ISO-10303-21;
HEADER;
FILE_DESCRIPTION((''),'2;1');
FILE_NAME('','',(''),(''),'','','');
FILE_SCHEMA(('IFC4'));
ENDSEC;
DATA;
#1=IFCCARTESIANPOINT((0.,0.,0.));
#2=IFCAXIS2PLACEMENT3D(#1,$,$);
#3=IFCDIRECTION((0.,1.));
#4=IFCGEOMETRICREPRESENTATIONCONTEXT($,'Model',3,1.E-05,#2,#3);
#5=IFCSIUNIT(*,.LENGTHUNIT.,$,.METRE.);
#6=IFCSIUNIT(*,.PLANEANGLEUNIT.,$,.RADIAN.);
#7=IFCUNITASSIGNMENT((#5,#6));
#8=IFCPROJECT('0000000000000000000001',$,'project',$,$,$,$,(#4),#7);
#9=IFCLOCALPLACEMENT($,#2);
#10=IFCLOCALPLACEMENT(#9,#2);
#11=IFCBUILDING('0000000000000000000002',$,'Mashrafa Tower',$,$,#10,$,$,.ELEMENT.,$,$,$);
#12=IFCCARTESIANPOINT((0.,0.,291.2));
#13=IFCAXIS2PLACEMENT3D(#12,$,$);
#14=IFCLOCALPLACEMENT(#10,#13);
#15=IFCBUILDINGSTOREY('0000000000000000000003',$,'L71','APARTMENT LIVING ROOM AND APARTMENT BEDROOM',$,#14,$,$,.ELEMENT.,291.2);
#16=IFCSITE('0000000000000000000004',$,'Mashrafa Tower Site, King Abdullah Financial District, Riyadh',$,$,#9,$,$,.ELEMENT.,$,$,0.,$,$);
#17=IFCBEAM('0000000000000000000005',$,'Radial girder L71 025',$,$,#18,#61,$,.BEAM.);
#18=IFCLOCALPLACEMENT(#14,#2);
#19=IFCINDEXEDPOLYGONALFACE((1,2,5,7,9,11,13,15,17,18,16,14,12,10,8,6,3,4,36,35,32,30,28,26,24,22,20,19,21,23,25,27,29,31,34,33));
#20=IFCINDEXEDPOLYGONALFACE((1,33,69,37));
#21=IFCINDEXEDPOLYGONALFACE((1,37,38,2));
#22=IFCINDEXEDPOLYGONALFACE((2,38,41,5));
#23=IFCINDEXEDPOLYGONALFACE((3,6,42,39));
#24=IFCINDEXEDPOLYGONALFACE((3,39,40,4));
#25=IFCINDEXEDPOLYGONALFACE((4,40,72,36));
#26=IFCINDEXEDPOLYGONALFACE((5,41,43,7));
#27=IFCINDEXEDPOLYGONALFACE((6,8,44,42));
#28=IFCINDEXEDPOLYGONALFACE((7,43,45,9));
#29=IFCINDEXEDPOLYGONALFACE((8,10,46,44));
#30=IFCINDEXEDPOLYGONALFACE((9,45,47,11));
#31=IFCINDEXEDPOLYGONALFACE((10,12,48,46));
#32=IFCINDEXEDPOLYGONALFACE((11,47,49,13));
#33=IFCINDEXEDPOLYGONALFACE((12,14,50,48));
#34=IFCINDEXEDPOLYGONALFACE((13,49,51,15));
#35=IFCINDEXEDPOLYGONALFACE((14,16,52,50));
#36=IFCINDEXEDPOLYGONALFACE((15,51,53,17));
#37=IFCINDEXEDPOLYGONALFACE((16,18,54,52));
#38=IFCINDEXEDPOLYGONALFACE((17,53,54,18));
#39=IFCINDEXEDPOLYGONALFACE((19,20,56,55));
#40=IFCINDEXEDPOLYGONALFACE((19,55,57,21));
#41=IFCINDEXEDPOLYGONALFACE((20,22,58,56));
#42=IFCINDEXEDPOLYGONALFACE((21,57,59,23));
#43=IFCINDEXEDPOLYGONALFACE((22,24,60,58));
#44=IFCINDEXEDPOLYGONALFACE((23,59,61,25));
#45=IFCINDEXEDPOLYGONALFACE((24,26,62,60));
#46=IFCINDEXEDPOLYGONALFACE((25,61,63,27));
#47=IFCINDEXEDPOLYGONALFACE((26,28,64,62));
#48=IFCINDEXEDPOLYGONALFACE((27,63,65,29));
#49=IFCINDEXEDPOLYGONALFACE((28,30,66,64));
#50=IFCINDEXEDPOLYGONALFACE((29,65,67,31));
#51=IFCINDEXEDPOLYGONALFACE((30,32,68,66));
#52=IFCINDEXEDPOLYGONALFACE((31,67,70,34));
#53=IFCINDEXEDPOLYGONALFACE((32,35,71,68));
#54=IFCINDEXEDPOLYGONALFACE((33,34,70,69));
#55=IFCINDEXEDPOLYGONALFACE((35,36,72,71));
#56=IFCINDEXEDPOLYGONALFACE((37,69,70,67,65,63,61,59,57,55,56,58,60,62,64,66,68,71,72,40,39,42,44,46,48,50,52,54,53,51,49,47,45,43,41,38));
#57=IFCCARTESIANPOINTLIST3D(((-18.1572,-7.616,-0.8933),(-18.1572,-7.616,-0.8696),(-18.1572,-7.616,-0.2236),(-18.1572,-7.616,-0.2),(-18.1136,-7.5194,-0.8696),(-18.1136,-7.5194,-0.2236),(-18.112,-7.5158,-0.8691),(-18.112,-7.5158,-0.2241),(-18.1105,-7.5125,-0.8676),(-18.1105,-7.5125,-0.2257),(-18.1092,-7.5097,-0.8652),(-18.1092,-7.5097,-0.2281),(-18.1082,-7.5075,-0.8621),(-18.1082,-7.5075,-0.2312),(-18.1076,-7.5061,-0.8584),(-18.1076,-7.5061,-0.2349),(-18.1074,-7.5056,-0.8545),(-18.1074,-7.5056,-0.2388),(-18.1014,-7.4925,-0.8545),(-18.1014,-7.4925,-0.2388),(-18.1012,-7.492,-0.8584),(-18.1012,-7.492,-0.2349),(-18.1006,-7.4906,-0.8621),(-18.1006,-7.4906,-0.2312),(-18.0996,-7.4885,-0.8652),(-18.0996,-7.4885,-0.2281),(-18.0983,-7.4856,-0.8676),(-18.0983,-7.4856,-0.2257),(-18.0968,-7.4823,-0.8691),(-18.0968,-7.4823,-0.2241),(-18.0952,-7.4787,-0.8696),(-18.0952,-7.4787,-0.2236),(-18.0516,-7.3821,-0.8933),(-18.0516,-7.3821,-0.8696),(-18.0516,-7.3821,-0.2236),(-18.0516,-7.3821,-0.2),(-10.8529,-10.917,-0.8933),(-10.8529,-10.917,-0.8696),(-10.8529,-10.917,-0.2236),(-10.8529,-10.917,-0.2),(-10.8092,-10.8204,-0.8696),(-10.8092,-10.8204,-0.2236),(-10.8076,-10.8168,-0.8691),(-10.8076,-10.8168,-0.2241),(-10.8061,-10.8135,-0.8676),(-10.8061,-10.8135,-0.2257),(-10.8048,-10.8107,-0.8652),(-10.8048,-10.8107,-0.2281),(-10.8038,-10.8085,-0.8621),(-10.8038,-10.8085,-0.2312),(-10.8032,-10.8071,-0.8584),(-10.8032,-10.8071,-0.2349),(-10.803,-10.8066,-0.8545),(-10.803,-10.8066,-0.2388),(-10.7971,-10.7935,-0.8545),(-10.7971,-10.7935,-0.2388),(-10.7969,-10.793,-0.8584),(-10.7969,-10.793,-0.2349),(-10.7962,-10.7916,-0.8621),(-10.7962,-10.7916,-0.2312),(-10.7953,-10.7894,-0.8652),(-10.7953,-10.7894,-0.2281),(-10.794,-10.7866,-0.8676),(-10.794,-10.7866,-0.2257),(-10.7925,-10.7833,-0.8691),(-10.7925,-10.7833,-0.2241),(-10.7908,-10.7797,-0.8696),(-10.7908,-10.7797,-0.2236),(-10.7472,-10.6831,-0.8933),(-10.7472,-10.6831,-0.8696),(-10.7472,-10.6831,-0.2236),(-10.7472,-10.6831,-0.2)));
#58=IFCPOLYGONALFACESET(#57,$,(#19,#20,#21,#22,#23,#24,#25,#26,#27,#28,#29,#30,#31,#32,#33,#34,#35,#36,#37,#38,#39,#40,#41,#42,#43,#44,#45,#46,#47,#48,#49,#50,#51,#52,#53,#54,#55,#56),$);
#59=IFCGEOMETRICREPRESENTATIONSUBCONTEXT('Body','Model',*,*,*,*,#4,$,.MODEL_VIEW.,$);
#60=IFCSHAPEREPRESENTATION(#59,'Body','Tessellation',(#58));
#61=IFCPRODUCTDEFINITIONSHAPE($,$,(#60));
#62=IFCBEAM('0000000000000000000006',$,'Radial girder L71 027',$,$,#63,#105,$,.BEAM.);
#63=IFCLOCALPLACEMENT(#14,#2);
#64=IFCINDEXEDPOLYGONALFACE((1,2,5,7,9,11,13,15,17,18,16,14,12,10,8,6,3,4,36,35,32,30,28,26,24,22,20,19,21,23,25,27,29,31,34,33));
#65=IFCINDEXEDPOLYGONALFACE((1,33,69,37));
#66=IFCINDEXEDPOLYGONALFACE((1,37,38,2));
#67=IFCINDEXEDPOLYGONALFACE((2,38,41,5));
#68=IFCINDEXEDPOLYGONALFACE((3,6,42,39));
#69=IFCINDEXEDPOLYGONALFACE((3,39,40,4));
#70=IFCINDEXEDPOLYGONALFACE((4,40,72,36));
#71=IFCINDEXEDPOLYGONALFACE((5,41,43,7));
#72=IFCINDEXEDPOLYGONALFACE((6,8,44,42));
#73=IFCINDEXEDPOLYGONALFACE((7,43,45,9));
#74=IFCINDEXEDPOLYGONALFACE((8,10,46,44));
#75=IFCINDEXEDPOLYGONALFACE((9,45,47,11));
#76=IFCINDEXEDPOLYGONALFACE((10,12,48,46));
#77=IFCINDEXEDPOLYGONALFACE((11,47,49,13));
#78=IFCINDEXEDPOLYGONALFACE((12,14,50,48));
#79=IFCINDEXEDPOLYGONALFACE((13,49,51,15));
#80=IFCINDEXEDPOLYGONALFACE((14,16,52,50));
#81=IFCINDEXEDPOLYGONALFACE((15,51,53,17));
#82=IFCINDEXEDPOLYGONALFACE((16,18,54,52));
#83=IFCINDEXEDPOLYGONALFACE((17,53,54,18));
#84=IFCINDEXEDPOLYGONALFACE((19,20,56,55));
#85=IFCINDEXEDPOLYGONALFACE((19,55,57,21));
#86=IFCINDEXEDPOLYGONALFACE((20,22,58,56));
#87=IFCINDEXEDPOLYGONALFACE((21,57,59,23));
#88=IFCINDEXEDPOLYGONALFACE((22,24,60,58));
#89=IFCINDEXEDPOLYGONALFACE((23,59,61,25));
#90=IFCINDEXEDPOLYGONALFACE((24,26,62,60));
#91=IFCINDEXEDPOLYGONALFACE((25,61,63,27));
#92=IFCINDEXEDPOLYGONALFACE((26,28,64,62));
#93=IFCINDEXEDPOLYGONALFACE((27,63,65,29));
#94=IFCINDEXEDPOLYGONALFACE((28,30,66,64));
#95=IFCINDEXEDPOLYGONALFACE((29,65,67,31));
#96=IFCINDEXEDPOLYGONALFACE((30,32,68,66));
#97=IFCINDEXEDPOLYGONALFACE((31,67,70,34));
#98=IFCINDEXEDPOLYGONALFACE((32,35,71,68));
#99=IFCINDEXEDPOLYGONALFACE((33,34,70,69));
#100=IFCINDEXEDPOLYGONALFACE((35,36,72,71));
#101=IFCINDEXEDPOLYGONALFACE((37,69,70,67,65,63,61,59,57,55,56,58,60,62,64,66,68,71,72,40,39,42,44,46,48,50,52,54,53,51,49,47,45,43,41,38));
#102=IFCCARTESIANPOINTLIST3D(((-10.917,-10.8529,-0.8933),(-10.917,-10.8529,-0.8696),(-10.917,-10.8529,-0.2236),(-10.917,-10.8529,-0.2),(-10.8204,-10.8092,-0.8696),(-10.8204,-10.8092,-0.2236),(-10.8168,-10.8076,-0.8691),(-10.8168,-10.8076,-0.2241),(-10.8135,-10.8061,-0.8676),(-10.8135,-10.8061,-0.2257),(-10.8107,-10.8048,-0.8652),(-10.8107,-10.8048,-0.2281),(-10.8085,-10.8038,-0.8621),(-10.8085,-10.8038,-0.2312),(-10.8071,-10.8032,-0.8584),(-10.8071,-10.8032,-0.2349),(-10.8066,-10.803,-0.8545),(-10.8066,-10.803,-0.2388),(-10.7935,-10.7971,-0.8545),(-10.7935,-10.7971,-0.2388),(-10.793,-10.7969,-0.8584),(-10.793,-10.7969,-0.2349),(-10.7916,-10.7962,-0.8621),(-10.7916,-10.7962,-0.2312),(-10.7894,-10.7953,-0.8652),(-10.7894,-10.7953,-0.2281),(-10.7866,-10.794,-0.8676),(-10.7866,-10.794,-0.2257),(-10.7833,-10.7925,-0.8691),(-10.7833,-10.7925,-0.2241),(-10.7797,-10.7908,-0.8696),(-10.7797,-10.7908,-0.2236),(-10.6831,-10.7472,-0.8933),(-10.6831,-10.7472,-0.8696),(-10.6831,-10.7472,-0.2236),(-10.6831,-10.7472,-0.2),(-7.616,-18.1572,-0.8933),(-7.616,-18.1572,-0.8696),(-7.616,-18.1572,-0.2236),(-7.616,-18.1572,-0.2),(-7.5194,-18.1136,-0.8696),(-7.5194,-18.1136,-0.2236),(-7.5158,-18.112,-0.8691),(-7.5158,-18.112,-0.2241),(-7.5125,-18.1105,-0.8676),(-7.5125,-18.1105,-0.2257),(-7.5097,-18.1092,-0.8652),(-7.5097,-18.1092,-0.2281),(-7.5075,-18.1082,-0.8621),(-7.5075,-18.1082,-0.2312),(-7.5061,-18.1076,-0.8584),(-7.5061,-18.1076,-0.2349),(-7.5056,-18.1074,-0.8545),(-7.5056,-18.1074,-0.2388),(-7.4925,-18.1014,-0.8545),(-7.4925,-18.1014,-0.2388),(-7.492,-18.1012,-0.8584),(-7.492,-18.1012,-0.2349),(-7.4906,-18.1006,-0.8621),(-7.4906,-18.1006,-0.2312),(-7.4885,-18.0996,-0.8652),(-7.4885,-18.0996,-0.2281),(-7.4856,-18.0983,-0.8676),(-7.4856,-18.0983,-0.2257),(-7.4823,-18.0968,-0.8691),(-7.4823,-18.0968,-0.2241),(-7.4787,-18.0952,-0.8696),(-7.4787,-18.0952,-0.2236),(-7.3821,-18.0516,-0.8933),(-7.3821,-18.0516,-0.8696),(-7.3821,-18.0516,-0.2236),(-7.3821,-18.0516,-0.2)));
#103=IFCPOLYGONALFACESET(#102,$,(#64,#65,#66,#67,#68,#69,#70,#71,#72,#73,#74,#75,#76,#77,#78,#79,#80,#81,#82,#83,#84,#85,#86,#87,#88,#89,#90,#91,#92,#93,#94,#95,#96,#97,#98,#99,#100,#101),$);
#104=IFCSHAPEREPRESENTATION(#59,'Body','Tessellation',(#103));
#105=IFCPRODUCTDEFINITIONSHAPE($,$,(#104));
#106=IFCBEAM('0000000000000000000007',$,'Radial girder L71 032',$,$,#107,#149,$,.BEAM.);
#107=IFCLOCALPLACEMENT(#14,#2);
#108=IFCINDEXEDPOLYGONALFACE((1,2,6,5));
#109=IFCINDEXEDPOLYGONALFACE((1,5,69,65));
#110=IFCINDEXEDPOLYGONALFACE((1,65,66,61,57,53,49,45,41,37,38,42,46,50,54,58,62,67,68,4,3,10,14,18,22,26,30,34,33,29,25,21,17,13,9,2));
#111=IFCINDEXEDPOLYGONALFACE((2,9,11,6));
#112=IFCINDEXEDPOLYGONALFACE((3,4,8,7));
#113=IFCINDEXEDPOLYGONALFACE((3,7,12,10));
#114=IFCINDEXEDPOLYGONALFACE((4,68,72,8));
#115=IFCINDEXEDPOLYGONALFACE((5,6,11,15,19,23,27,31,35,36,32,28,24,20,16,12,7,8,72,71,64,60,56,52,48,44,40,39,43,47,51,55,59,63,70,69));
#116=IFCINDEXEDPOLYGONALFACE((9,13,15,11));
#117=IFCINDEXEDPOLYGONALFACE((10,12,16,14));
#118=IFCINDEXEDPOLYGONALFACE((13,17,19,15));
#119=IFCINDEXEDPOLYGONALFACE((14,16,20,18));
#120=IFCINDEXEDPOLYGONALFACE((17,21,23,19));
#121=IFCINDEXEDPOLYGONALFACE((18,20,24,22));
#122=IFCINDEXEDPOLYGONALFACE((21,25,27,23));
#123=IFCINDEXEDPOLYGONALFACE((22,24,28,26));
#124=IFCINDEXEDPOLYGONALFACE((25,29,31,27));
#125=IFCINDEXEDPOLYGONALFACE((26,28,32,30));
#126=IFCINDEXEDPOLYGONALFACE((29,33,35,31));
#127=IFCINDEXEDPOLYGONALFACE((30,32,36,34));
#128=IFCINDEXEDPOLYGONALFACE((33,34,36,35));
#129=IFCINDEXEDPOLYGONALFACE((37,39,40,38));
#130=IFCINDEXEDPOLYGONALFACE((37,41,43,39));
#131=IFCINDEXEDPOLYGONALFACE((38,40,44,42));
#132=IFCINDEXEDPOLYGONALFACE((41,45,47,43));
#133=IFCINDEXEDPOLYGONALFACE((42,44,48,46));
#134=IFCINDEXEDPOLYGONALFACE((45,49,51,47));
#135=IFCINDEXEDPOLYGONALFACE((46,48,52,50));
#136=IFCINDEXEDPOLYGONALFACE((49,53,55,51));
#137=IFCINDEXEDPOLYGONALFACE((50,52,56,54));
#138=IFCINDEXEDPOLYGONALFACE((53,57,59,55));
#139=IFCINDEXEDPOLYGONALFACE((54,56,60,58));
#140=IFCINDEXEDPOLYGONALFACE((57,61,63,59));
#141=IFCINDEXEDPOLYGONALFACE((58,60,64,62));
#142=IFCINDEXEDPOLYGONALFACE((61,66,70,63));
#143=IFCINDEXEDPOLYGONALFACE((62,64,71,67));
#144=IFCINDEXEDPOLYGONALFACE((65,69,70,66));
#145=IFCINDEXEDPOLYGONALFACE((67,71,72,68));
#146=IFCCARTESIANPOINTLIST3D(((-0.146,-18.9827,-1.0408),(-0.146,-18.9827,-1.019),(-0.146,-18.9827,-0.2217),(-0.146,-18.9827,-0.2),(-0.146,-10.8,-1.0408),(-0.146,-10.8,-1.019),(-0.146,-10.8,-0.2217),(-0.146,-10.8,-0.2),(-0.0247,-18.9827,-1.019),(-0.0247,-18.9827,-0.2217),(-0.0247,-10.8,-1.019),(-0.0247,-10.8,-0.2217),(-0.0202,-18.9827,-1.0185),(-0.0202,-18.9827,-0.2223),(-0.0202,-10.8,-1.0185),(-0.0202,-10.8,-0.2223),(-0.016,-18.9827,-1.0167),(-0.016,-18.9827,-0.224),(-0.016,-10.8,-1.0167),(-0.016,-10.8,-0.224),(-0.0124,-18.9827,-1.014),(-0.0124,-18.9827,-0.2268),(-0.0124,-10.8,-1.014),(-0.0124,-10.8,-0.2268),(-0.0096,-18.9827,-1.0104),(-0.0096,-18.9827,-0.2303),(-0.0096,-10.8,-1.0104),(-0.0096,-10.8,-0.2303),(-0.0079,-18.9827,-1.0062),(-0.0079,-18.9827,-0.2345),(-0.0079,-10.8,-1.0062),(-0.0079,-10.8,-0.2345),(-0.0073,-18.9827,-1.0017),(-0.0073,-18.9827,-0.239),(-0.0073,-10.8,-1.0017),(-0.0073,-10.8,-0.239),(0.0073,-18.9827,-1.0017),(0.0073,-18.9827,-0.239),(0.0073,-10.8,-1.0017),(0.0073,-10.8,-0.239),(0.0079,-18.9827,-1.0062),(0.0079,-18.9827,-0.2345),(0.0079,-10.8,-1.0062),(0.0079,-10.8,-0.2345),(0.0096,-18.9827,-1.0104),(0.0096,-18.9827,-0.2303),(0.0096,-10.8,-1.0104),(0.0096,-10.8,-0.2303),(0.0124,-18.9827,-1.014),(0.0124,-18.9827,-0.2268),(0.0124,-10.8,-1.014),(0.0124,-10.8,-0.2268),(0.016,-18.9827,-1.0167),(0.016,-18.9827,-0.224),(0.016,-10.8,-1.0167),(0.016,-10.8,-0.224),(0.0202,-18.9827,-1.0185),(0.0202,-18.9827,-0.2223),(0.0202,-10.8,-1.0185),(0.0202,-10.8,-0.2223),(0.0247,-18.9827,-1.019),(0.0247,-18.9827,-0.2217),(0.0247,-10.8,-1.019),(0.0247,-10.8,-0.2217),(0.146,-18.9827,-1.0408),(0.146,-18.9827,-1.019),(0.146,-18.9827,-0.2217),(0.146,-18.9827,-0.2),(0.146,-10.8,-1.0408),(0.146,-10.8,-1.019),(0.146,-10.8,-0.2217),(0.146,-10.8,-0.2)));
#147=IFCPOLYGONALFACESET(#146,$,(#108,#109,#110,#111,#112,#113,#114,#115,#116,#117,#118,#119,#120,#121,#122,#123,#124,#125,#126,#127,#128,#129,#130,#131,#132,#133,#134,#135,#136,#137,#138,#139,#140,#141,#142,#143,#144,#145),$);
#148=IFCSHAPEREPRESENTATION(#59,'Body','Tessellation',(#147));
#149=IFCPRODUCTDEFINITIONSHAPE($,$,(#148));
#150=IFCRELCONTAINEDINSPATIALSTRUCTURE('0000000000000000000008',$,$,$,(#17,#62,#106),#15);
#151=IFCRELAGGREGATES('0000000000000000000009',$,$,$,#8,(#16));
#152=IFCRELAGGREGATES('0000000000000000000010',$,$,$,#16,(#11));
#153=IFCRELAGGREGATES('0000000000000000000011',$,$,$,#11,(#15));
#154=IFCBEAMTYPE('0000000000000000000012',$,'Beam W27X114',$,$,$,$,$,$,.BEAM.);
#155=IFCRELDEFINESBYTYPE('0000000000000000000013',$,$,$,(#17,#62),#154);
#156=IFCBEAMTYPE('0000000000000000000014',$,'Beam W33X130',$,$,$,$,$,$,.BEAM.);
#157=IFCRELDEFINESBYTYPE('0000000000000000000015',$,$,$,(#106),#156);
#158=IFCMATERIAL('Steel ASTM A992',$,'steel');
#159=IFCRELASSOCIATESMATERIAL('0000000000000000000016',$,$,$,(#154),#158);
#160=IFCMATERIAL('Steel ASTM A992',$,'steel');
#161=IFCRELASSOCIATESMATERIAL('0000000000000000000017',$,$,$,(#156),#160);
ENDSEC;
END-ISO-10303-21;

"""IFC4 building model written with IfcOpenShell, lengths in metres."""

from ifc_helpers import new_model, si_unit, direction, frame, origin, origin_2d, place, context, subcontext, project, spatial, i_section, extrude, material, material_profile, profile_set, type_object, element, save


model = new_model("IFC4")

# Units and contexts
model_context = context("Model", 3, precision=1e-05, world=origin(), true_north=direction((0.0, 1.0)))
body_context = subcontext(model_context, "Body", "Model", "MODEL_VIEW")
ifc_project = project(units=[si_unit("LENGTHUNIT", "METRE"), si_unit("PLANEANGLEUNIT", "RADIAN")], contexts=[model_context])

# Site, building, storey
site_placement = place(None, origin())
site = spatial("IfcSite", under=ifc_project, at=site_placement, Name="Mashrafa Tower Site, King Abdullah Financial District, Riyadh", CompositionType="ELEMENT", RefElevation=0.0)
building_placement = place(site_placement, origin())
building = spatial("IfcBuilding", under=site, at=building_placement, Name="Mashrafa Tower", CompositionType="ELEMENT")
storey_placement = place(building_placement, frame((0.0, 0.0, 291.2)))
storey = spatial("IfcBuildingStorey", under=building, at=storey_placement, Name="L71", Description="APARTMENT LIVING ROOM AND APARTMENT BEDROOM", CompositionType="ELEMENT", Elevation=291.2)

# Beams
ifc_material_1 = material(Name="Steel ASTM A992", Category="steel")
ifc_material_profile_1 = material_profile(ifc_material_1, i_section(OverallWidth=0.2566, OverallDepth=0.6934, WebThickness=0.0144, FlangeThickness=0.0237, FilletRadius=0.0151, at=origin_2d()), Name="W27X114")
ifc_profile_set_1 = profile_set([ifc_material_profile_1], Name="Steel ASTM A992")
beam_type_1 = type_object("IfcBeamType", Name="Beam W27X114", PredefinedType="BEAM", material=ifc_profile_set_1)
for number, where, z_axis, x_axis, name in (
    (1, (-10.8, -10.8, -0.5466), (-0.911266, 0.411819, 0.0), (-0.411819, -0.911266, 0.0), "Radial girder L71 025"),
    (2, (-10.8, -10.8, -0.5466), (0.411819, -0.911266, 0.0), (0.911266, 0.411819, 0.0), "Radial girder L71 027"),
):
    element("IfcBeam", number, at=place(storey_placement, frame(where, z_axis=z_axis, x_axis=x_axis)), inside=storey, type_object=beam_type_1, Name=name, PredefinedType="BEAM", context=body_context, shape_type="SweptSolid", body=[
        extrude(i_section(OverallWidth=0.2566, OverallDepth=0.6934, WebThickness=0.0144, FlangeThickness=0.0237, FilletRadius=0.0151, at=origin_2d()), origin(), (0.0, 0.0, 1.0), 8.0156),
    ])
ifc_material_2 = material(Name="Steel ASTM A992", Category="steel")
ifc_material_profile_2 = material_profile(ifc_material_2, i_section(OverallWidth=0.292, OverallDepth=0.8408, WebThickness=0.0146, FlangeThickness=0.0217, FilletRadius=0.0173, at=origin_2d()), Name="W33X130")
ifc_profile_set_2 = profile_set([ifc_material_profile_2], Name="Steel ASTM A992")
beam_type_2 = type_object("IfcBeamType", Name="Beam W33X130", PredefinedType="BEAM", material=ifc_profile_set_2)
beam_1_placement = place(storey_placement, frame((0.0, -10.8, -0.6204), z_axis=(0.0, -1.0, 0.0), x_axis=(1.0, 0.0, 0.0)))
element("IfcBeam", 3, at=beam_1_placement, inside=storey, type_object=beam_type_2, Name="Radial girder L71 032", PredefinedType="BEAM", context=body_context, shape_type="SweptSolid", body=[
    extrude(i_section(OverallWidth=0.292, OverallDepth=0.8408, WebThickness=0.0146, FlangeThickness=0.0217, FilletRadius=0.0173, at=origin_2d()), origin(), (0.0, 0.0, 1.0), 8.1826),
])

save(model, "model.ifc")
